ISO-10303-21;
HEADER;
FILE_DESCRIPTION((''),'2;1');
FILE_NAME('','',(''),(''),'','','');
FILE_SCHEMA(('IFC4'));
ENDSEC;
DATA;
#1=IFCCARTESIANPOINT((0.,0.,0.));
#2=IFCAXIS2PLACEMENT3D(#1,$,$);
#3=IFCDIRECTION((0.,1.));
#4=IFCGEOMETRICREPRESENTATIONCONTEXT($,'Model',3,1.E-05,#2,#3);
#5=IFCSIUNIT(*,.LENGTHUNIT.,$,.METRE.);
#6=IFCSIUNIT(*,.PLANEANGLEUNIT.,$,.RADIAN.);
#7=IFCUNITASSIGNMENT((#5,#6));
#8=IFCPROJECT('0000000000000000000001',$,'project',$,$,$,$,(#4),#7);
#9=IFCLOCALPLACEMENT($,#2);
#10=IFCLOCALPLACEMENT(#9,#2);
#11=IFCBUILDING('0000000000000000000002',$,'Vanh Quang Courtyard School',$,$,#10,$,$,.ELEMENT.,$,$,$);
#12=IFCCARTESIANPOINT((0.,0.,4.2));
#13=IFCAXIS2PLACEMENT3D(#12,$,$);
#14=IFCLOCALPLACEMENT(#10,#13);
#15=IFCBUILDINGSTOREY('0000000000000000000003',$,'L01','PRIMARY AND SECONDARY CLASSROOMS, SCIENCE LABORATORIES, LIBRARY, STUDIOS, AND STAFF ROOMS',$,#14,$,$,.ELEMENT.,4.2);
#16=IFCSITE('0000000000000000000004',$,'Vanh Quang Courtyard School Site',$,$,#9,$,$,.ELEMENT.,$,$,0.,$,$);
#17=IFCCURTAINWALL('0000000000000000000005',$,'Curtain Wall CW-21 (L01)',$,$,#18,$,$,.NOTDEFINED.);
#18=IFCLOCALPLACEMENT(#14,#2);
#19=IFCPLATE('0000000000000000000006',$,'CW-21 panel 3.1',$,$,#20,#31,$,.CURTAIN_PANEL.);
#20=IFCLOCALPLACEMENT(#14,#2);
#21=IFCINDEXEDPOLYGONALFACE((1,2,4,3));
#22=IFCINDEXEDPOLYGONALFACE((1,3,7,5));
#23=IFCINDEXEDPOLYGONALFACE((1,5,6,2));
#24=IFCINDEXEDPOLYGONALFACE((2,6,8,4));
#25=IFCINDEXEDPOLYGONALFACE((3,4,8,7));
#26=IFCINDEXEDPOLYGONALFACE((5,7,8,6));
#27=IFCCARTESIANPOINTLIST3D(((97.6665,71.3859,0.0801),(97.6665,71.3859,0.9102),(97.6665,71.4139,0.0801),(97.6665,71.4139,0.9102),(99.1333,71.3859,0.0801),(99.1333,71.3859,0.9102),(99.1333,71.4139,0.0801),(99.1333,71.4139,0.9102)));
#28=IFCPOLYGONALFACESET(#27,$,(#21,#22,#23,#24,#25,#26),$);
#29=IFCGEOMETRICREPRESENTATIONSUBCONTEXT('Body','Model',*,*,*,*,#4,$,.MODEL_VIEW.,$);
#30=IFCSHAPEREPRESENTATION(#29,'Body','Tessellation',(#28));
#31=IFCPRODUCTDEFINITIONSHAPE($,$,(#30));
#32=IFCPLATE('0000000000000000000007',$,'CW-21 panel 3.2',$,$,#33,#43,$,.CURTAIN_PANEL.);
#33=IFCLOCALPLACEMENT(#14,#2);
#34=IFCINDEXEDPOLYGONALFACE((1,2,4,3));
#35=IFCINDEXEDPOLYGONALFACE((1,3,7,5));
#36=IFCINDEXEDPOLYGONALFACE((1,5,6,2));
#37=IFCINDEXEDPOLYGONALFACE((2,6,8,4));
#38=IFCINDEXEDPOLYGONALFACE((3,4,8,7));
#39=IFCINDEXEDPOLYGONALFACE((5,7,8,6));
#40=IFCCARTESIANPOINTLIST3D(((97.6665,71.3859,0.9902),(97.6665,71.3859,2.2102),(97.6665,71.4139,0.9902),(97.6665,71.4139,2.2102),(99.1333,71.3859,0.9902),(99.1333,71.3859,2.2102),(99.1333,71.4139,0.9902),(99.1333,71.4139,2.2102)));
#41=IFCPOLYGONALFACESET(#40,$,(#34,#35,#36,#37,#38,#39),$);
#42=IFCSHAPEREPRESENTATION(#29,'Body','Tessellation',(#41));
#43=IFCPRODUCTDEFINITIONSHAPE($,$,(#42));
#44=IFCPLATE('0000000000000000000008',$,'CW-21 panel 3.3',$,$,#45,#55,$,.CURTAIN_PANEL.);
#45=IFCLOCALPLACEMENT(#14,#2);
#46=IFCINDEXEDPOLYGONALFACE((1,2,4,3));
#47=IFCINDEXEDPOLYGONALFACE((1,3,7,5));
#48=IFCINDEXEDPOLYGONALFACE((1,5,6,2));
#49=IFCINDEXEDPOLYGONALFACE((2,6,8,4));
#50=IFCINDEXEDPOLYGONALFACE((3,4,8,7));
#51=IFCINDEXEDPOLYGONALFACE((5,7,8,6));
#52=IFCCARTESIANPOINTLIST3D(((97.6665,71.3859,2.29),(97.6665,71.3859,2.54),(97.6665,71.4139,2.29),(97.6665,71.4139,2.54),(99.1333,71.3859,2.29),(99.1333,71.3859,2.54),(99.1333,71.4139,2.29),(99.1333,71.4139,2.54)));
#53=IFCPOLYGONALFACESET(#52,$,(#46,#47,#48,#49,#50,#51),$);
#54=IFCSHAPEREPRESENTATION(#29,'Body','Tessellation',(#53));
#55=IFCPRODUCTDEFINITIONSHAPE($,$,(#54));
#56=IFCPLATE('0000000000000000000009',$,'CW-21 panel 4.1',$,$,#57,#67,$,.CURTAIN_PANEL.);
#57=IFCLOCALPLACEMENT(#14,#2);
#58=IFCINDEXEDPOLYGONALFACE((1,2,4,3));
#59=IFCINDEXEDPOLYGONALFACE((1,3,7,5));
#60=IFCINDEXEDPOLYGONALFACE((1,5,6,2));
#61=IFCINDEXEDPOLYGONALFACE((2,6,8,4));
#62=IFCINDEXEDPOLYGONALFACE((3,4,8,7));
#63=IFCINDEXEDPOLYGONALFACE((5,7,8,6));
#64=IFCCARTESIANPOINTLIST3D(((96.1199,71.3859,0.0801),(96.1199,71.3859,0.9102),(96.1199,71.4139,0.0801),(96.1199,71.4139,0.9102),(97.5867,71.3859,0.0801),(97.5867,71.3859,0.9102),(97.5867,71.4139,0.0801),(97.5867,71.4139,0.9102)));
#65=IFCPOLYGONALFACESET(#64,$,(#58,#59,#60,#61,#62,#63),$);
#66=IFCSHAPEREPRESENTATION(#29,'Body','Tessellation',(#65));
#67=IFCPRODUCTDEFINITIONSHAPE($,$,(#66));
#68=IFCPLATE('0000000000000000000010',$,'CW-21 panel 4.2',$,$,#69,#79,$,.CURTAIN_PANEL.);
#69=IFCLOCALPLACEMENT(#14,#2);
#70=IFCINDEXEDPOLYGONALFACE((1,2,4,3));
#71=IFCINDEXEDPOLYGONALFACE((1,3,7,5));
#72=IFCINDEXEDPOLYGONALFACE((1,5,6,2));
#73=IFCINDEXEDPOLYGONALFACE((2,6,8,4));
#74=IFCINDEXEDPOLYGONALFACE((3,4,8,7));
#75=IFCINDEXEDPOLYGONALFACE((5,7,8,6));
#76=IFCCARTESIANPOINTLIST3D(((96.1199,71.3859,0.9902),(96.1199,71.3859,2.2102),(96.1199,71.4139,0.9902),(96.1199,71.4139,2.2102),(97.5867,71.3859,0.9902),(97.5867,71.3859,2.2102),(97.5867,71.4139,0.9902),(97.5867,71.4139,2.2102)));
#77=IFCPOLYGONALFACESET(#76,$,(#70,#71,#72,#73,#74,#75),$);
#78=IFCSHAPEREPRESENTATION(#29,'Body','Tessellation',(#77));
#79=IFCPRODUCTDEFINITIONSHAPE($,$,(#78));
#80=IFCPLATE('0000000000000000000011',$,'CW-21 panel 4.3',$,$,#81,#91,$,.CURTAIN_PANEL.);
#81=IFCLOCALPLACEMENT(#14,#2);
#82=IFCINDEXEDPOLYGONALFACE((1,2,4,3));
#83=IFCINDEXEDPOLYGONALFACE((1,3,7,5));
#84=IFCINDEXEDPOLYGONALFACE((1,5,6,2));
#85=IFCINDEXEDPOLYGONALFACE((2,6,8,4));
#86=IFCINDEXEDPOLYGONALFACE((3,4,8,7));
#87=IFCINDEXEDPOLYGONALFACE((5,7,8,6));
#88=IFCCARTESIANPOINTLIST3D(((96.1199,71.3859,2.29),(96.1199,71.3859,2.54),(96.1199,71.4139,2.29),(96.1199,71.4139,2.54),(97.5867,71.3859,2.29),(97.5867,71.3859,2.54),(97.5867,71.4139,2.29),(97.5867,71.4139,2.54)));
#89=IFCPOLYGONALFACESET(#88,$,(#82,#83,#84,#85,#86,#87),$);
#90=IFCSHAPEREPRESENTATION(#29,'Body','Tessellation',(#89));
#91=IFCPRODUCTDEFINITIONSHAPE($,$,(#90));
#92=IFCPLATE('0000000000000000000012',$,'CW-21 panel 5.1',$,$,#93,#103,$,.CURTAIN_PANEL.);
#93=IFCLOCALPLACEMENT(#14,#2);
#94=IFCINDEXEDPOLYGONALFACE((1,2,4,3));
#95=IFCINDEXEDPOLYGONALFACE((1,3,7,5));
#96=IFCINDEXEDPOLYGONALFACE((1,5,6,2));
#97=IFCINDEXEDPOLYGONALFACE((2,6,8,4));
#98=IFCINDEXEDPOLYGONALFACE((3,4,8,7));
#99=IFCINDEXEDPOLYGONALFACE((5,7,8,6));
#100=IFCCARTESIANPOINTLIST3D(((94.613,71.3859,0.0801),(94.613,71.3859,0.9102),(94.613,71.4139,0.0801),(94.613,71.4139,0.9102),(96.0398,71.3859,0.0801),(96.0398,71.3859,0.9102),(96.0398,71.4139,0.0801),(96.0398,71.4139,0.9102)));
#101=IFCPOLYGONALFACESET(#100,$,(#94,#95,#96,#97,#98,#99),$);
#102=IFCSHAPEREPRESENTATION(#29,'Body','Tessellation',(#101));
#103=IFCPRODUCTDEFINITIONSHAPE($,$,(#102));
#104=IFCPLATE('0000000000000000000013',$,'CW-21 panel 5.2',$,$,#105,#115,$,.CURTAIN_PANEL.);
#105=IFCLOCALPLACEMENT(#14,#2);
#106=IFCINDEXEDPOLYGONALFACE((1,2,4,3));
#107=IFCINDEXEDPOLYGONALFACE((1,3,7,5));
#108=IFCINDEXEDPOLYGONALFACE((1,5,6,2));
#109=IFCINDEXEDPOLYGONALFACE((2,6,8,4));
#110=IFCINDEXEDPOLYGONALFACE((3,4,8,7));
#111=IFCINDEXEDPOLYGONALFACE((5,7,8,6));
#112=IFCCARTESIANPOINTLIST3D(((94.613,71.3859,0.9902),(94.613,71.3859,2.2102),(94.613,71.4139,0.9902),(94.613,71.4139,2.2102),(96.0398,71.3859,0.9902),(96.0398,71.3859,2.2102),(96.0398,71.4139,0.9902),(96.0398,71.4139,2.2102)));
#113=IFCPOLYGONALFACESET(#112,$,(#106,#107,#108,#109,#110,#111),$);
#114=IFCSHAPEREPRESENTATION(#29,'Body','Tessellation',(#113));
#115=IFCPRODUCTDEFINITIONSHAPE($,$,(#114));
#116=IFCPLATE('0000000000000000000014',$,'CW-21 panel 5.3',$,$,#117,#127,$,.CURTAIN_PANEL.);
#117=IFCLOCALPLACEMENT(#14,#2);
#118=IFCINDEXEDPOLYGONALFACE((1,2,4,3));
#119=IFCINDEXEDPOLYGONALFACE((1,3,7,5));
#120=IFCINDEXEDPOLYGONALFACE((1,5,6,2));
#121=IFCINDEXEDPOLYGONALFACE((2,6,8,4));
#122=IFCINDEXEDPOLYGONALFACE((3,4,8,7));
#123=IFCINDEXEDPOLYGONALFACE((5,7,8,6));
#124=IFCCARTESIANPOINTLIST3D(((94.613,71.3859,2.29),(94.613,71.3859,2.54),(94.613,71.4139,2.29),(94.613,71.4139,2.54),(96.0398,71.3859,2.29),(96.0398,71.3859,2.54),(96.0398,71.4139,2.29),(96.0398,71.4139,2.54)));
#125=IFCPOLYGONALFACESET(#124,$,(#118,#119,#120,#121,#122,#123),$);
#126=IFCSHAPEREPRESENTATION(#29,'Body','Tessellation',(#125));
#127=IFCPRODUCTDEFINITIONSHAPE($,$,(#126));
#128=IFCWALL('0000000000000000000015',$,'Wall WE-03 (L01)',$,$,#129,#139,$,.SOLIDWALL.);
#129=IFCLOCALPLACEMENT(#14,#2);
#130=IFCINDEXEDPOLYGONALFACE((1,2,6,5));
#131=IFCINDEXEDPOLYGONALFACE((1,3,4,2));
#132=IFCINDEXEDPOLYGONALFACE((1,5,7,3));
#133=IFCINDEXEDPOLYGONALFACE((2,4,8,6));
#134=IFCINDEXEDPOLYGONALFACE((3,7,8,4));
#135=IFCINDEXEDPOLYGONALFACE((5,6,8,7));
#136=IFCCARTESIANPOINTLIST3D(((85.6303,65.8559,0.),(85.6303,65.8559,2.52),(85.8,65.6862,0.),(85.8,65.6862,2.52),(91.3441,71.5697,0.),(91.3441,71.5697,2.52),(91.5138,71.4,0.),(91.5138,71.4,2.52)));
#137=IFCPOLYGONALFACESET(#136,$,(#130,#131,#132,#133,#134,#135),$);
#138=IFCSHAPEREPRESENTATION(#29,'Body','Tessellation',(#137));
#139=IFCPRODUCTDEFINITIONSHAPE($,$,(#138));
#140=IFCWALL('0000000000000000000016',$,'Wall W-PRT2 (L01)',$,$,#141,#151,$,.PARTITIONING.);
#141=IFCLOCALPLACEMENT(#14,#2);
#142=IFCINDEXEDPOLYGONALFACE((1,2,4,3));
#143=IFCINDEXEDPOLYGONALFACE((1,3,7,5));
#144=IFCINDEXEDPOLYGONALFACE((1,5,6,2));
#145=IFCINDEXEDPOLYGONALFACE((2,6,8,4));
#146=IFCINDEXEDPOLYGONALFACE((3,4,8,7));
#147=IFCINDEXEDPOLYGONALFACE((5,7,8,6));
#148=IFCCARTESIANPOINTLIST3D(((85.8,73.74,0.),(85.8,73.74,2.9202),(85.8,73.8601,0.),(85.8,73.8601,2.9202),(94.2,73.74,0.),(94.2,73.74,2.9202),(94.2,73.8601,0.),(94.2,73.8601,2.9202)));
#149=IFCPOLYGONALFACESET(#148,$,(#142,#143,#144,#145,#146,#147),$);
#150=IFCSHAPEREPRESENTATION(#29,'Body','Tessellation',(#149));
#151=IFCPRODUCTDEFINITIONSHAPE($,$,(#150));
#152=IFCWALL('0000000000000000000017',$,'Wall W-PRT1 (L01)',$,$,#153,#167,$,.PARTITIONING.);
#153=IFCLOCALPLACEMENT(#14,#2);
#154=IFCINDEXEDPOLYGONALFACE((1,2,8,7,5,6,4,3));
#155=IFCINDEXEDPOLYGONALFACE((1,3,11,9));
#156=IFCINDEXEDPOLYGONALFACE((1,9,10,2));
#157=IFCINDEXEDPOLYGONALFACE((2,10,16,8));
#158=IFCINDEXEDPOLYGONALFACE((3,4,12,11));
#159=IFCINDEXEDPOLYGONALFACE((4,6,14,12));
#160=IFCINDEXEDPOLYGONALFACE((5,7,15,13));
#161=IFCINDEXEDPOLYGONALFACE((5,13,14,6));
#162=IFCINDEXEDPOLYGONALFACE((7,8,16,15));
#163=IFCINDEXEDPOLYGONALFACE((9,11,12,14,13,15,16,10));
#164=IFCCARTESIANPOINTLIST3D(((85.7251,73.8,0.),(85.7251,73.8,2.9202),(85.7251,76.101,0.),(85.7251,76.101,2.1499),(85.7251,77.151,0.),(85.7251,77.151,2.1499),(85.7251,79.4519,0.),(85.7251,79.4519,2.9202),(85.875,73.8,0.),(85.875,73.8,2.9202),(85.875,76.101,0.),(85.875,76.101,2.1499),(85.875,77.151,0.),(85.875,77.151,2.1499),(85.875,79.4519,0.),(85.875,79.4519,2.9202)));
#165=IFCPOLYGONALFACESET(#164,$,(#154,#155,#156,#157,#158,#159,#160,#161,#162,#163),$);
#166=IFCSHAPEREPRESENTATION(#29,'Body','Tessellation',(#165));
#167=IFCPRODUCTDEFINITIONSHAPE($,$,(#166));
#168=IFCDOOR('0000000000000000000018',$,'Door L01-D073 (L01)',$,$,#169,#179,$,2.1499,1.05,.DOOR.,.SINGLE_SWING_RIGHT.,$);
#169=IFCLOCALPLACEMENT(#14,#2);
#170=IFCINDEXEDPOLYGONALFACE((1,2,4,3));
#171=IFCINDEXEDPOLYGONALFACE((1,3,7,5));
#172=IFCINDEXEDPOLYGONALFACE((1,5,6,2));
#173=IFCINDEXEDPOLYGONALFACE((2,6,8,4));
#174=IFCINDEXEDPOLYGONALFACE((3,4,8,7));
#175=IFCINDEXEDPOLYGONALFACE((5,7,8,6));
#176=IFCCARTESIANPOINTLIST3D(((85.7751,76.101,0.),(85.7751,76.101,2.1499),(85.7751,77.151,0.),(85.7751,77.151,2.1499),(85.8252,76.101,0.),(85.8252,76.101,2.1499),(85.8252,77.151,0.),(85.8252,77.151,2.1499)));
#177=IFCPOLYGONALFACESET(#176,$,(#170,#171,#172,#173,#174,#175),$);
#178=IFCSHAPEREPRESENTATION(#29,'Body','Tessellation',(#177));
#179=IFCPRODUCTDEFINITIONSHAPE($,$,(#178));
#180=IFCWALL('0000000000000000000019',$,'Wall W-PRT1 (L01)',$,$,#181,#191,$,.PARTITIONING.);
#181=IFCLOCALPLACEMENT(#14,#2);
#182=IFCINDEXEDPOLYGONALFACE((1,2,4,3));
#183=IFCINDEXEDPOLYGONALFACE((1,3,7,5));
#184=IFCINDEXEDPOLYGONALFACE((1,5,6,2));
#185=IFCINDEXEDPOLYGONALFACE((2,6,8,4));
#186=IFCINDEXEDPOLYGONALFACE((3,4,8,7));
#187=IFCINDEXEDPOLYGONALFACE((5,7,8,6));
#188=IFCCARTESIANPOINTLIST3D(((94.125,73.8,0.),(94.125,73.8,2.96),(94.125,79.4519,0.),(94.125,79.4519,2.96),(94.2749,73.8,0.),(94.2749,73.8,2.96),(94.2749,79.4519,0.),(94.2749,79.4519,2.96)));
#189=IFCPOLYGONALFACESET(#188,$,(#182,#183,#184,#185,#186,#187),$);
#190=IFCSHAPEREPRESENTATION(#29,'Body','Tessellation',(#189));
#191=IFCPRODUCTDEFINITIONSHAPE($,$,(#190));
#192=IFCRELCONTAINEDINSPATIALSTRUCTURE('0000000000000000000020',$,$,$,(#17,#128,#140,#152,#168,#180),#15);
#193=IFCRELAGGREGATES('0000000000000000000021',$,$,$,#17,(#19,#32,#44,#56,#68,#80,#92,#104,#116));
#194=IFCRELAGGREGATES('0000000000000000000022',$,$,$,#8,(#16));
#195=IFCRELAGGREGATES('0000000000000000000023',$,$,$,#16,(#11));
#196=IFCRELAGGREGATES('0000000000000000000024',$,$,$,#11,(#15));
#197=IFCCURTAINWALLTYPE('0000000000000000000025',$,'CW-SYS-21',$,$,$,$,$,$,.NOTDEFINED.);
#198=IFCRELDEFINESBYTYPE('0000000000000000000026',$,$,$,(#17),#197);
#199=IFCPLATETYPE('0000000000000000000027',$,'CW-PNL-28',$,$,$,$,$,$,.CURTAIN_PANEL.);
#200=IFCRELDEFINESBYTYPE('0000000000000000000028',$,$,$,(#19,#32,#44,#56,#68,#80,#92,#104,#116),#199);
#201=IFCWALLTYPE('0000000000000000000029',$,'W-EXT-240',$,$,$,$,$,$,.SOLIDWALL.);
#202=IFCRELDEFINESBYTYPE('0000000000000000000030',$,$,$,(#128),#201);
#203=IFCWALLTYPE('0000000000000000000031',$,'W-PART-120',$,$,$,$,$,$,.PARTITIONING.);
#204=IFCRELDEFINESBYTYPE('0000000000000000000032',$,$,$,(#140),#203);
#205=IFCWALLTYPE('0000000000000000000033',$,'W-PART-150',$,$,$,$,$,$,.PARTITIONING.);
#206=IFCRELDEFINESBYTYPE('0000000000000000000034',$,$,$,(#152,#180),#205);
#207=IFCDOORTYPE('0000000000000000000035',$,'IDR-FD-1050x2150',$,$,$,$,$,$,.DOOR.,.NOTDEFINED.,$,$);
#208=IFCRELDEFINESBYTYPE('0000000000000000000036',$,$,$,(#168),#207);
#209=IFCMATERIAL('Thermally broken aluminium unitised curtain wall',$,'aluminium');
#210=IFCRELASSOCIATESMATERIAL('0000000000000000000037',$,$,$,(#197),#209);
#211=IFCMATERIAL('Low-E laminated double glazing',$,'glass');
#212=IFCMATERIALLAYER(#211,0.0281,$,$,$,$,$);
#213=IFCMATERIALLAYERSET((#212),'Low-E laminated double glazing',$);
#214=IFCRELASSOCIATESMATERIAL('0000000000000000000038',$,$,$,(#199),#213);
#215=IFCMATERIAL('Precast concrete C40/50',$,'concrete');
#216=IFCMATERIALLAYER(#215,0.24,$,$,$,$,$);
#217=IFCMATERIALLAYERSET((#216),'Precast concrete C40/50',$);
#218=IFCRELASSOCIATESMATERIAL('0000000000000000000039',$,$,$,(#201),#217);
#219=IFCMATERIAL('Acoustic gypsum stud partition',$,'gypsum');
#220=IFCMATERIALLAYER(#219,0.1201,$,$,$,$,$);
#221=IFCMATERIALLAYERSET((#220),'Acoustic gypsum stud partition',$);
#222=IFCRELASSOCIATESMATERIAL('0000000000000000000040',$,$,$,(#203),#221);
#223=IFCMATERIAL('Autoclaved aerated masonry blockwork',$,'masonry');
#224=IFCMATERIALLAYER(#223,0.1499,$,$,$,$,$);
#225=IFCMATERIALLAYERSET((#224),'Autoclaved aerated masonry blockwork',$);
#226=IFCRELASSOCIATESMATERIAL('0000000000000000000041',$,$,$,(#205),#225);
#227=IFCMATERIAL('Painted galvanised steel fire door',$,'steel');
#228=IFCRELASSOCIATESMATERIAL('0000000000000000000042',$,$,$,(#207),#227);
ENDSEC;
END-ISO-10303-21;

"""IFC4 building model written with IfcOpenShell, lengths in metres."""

from ifc_helpers import new_model, si_unit, direction, frame, frame_2d, origin, origin_2d, place, context, subcontext, project, spatial, rectangle, extrude, material, layer, layer_set, type_object, element, fill, aggregate, save


model = new_model("IFC4")

# Units and contexts
model_context = context("Model", 3, precision=1e-05, world=origin(), true_north=direction((0.0, 1.0)))
body_context = subcontext(model_context, "Body", "Model", "MODEL_VIEW")
ifc_project = project(units=[si_unit("LENGTHUNIT", "METRE"), si_unit("PLANEANGLEUNIT", "RADIAN")], contexts=[model_context])

# Site, building, storey
site_placement = place(None, origin())
site = spatial("IfcSite", under=ifc_project, at=site_placement, Name="Vanh Quang Courtyard School Site", CompositionType="ELEMENT", RefElevation=0.0)
building_placement = place(site_placement, origin())
building = spatial("IfcBuilding", under=site, at=building_placement, Name="Vanh Quang Courtyard School", CompositionType="ELEMENT")
storey_placement = place(building_placement, frame((0.0, 0.0, 4.2)))
storey = spatial("IfcBuildingStorey", under=building, at=storey_placement, Name="L01", Description="PRIMARY AND SECONDARY CLASSROOMS, SCIENCE LABORATORIES, LIBRARY, STUDIOS, AND STAFF ROOMS", CompositionType="ELEMENT", Elevation=4.2)

# Curtain wall
ifc_material_1 = material(Name="Thermally broken aluminium unitised curtain wall", Category="aluminium")
curtain_wall_type = type_object("IfcCurtainWallType", Name="CW-SYS-21", PredefinedType="NOTDEFINED", material=ifc_material_1)
curtain_wall_placement = place(storey_placement, origin())
curtain_wall = element("IfcCurtainWall", 1, at=curtain_wall_placement, inside=storey, type_object=curtain_wall_type, Name="Curtain Wall CW-21 (L01)", PredefinedType="NOTDEFINED")

# Plates
ifc_material_2 = material(Name="Low-E laminated double glazing", Category="glass")
ifc_layer_1 = layer(ifc_material_2, 0.0281)
ifc_layer_set_1 = layer_set([ifc_layer_1], Name="Low-E laminated double glazing")
plate_type = type_object("IfcPlateType", Name="CW-PNL-28", PredefinedType="CURTAIN_PANEL", material=ifc_layer_set_1)
plate_1_placement = place(storey_placement, frame((98.3999, 71.3999, 0.0801), z_axis=(0.0, 0.0, 1.0), x_axis=(-1.0, 0.0, 0.0)))
plate_1 = element("IfcPlate", 2, at=plate_1_placement, type_object=plate_type, Name="CW-21 panel 3.1", PredefinedType="CURTAIN_PANEL", context=body_context, shape_type="SweptSolid", body=[
    extrude(rectangle(XDim=1.4668, YDim=0.0281, at=origin_2d()), origin(), (0.0, 0.0, 1.0), 0.8301),
])
plate_2_placement = place(storey_placement, frame((98.3999, 71.3999, 0.9902), z_axis=(0.0, 0.0, 1.0), x_axis=(-1.0, 0.0, 0.0)))
plate_2 = element("IfcPlate", 3, at=plate_2_placement, type_object=plate_type, Name="CW-21 panel 3.2", PredefinedType="CURTAIN_PANEL", context=body_context, shape_type="SweptSolid", body=[
    extrude(rectangle(XDim=1.4668, YDim=0.0281, at=origin_2d()), origin(), (0.0, 0.0, 1.0), 1.22),
])
plate_3_placement = place(storey_placement, frame((98.3999, 71.3999, 2.29), z_axis=(0.0, 0.0, 1.0), x_axis=(-1.0, 0.0, 0.0)))
plate_3 = element("IfcPlate", 4, at=plate_3_placement, type_object=plate_type, Name="CW-21 panel 3.3", PredefinedType="CURTAIN_PANEL", context=body_context, shape_type="SweptSolid", body=[
    extrude(rectangle(XDim=1.4668, YDim=0.0281, at=origin_2d()), origin(), (0.0, 0.0, 1.0), 0.25),
])
plate_4_placement = place(storey_placement, frame((96.8533, 71.3999, 0.0801), z_axis=(0.0, 0.0, 1.0), x_axis=(-1.0, 0.0, 0.0)))
plate_4 = element("IfcPlate", 5, at=plate_4_placement, type_object=plate_type, Name="CW-21 panel 4.1", PredefinedType="CURTAIN_PANEL", context=body_context, shape_type="SweptSolid", body=[
    extrude(rectangle(XDim=1.4668, YDim=0.0281, at=origin_2d()), origin(), (0.0, 0.0, 1.0), 0.8301),
])
plate_5_placement = place(storey_placement, frame((96.8533, 71.3999, 0.9902), z_axis=(0.0, 0.0, 1.0), x_axis=(-1.0, 0.0, 0.0)))
plate_5 = element("IfcPlate", 6, at=plate_5_placement, type_object=plate_type, Name="CW-21 panel 4.2", PredefinedType="CURTAIN_PANEL", context=body_context, shape_type="SweptSolid", body=[
    extrude(rectangle(XDim=1.4668, YDim=0.0281, at=origin_2d()), origin(), (0.0, 0.0, 1.0), 1.22),
])
plate_6_placement = place(storey_placement, frame((96.8533, 71.3999, 2.29), z_axis=(0.0, 0.0, 1.0), x_axis=(-1.0, 0.0, 0.0)))
plate_6 = element("IfcPlate", 7, at=plate_6_placement, type_object=plate_type, Name="CW-21 panel 4.3", PredefinedType="CURTAIN_PANEL", context=body_context, shape_type="SweptSolid", body=[
    extrude(rectangle(XDim=1.4668, YDim=0.0281, at=origin_2d()), origin(), (0.0, 0.0, 1.0), 0.25),
])
plate_7_placement = place(storey_placement, frame((95.3264, 71.3999, 0.0801), z_axis=(0.0, 0.0, 1.0), x_axis=(-1.0, 0.0, 0.0)))
plate_7 = element("IfcPlate", 8, at=plate_7_placement, type_object=plate_type, Name="CW-21 panel 5.1", PredefinedType="CURTAIN_PANEL", context=body_context, shape_type="SweptSolid", body=[
    extrude(rectangle(XDim=1.4268, YDim=0.0281, at=origin_2d()), origin(), (0.0, 0.0, 1.0), 0.8301),
])
plate_8_placement = place(storey_placement, frame((95.3264, 71.3999, 0.9902), z_axis=(0.0, 0.0, 1.0), x_axis=(-1.0, 0.0, 0.0)))
plate_8 = element("IfcPlate", 9, at=plate_8_placement, type_object=plate_type, Name="CW-21 panel 5.2", PredefinedType="CURTAIN_PANEL", context=body_context, shape_type="SweptSolid", body=[
    extrude(rectangle(XDim=1.4268, YDim=0.0281, at=origin_2d()), origin(), (0.0, 0.0, 1.0), 1.22),
])
plate_9_placement = place(storey_placement, frame((95.3264, 71.3999, 2.29), z_axis=(0.0, 0.0, 1.0), x_axis=(-1.0, 0.0, 0.0)))
plate_9 = element("IfcPlate", 10, at=plate_9_placement, type_object=plate_type, Name="CW-21 panel 5.3", PredefinedType="CURTAIN_PANEL", context=body_context, shape_type="SweptSolid", body=[
    extrude(rectangle(XDim=1.4268, YDim=0.0281, at=origin_2d()), origin(), (0.0, 0.0, 1.0), 0.25),
])
aggregate(curtain_wall, [plate_1, plate_2, plate_3, plate_4, plate_5, plate_6, plate_7, plate_8, plate_9])

# Walls
ifc_material_3 = material(Name="Precast concrete C40/50", Category="concrete")
ifc_layer_2 = layer(ifc_material_3, 0.24)
ifc_layer_set_2 = layer_set([ifc_layer_2], Name="Precast concrete C40/50")
wall_type_1 = type_object("IfcWallType", Name="W-EXT-240", PredefinedType="SOLIDWALL", material=ifc_layer_set_2)
wall_1_placement = place(storey_placement, frame((91.429, 71.4849, 0.0), z_axis=(0.0, 0.0, 1.0), x_axis=(-0.707107, -0.707107, 0.0)))
element("IfcWall", 11, at=wall_1_placement, inside=storey, type_object=wall_type_1, Name="Wall WE-03 (L01)", PredefinedType="SOLIDWALL", context=body_context, shape_type="SweptSolid", body=[
    extrude(rectangle(XDim=8.0806, YDim=0.24, at=frame_2d((4.0403, 0.0))), origin(), (0.0, 0.0, 1.0), 2.52),
])
ifc_material_4 = material(Name="Acoustic gypsum stud partition", Category="gypsum")
ifc_layer_3 = layer(ifc_material_4, 0.1201)
ifc_layer_set_3 = layer_set([ifc_layer_3], Name="Acoustic gypsum stud partition")
wall_type_2 = type_object("IfcWallType", Name="W-PART-120", PredefinedType="PARTITIONING", material=ifc_layer_set_3)
wall_2_placement = place(storey_placement, frame((94.2, 73.8, 0.0), z_axis=(0.0, 0.0, 1.0), x_axis=(-1.0, 0.0, 0.0)))
element("IfcWall", 12, at=wall_2_placement, inside=storey, type_object=wall_type_2, Name="Wall W-PRT2 (L01)", PredefinedType="PARTITIONING", context=body_context, shape_type="SweptSolid", body=[
    extrude(rectangle(XDim=8.3999, YDim=0.1201, at=frame_2d((4.2, 0.0))), origin(), (0.0, 0.0, 1.0), 2.9202),
])

# Wall, opening, door
ifc_material_5 = material(Name="Autoclaved aerated masonry blockwork", Category="masonry")
ifc_layer_4 = layer(ifc_material_5, 0.1499)
ifc_layer_set_4 = layer_set([ifc_layer_4], Name="Autoclaved aerated masonry blockwork")
wall_type_3 = type_object("IfcWallType", Name="W-PART-150", PredefinedType="PARTITIONING", material=ifc_layer_set_4)
wall_3_placement = place(storey_placement, frame((85.8, 73.8, 0.0), z_axis=(0.0, 0.0, 1.0), x_axis=(0.0, 1.0, 0.0)))
wall_3 = element("IfcWall", 13, at=wall_3_placement, inside=storey, type_object=wall_type_3, Name="Wall W-PRT1 (L01)", PredefinedType="PARTITIONING", context=body_context, shape_type="SweptSolid", body=[
    extrude(rectangle(XDim=5.6519, YDim=0.1499, at=frame_2d((2.8259, 0.0))), origin(), (0.0, 0.0, 1.0), 2.9202),
])
opening_placement = place(wall_3_placement, frame((2.301, 0.0, 0.0)))
opening = element("IfcOpeningElement", 14, at=opening_placement, cuts=wall_3, PredefinedType="OPENING", context=body_context, shape_type="SweptSolid", body=[
    extrude(rectangle(XDim=1.05, YDim=2.1499, at=frame_2d((0.5249, 1.075))), frame((0.0, 0.085, 0.0), z_axis=(0.0, -1.0, 0.0), x_axis=(1.0, 0.0, 0.0)), (0.0, 0.0, 1.0), 0.1699),
])
ifc_material_6 = material(Name="Painted galvanised steel fire door", Category="steel")
door_type = type_object("IfcDoorType", Name="IDR-FD-1050x2150", OperationType="NOTDEFINED", PredefinedType="DOOR", material=ifc_material_6)
door_placement = place(opening_placement, origin())
door = element("IfcDoor", 15, at=door_placement, inside=storey, type_object=door_type, Name="Door L01-D073 (L01)", OperationType="SINGLE_SWING_RIGHT", OverallHeight=2.1499, OverallWidth=1.05, PredefinedType="DOOR", context=body_context, shape_type="SweptSolid", body=[
    extrude(rectangle(XDim=1.05, YDim=2.1499, at=frame_2d((0.5249, 1.075))), frame((0.0, 0.0249, 0.0), z_axis=(0.0, -1.0, 0.0), x_axis=(1.0, 0.0, 0.0)), (0.0, 0.0, 1.0), 0.05),
])
fill(opening, door)

# Wall
wall_4_placement = place(storey_placement, frame((94.2, 79.4519, 0.0), z_axis=(0.0, 0.0, 1.0), x_axis=(0.0, -1.0, 0.0)))
element("IfcWall", 16, at=wall_4_placement, inside=storey, type_object=wall_type_3, Name="Wall W-PRT1 (L01)", PredefinedType="PARTITIONING", context=body_context, shape_type="SweptSolid", body=[
    extrude(rectangle(XDim=5.6519, YDim=0.1499, at=frame_2d((2.8259, 0.0))), origin(), (0.0, 0.0, 1.0), 2.96),
])

save(model, "model.ifc")
